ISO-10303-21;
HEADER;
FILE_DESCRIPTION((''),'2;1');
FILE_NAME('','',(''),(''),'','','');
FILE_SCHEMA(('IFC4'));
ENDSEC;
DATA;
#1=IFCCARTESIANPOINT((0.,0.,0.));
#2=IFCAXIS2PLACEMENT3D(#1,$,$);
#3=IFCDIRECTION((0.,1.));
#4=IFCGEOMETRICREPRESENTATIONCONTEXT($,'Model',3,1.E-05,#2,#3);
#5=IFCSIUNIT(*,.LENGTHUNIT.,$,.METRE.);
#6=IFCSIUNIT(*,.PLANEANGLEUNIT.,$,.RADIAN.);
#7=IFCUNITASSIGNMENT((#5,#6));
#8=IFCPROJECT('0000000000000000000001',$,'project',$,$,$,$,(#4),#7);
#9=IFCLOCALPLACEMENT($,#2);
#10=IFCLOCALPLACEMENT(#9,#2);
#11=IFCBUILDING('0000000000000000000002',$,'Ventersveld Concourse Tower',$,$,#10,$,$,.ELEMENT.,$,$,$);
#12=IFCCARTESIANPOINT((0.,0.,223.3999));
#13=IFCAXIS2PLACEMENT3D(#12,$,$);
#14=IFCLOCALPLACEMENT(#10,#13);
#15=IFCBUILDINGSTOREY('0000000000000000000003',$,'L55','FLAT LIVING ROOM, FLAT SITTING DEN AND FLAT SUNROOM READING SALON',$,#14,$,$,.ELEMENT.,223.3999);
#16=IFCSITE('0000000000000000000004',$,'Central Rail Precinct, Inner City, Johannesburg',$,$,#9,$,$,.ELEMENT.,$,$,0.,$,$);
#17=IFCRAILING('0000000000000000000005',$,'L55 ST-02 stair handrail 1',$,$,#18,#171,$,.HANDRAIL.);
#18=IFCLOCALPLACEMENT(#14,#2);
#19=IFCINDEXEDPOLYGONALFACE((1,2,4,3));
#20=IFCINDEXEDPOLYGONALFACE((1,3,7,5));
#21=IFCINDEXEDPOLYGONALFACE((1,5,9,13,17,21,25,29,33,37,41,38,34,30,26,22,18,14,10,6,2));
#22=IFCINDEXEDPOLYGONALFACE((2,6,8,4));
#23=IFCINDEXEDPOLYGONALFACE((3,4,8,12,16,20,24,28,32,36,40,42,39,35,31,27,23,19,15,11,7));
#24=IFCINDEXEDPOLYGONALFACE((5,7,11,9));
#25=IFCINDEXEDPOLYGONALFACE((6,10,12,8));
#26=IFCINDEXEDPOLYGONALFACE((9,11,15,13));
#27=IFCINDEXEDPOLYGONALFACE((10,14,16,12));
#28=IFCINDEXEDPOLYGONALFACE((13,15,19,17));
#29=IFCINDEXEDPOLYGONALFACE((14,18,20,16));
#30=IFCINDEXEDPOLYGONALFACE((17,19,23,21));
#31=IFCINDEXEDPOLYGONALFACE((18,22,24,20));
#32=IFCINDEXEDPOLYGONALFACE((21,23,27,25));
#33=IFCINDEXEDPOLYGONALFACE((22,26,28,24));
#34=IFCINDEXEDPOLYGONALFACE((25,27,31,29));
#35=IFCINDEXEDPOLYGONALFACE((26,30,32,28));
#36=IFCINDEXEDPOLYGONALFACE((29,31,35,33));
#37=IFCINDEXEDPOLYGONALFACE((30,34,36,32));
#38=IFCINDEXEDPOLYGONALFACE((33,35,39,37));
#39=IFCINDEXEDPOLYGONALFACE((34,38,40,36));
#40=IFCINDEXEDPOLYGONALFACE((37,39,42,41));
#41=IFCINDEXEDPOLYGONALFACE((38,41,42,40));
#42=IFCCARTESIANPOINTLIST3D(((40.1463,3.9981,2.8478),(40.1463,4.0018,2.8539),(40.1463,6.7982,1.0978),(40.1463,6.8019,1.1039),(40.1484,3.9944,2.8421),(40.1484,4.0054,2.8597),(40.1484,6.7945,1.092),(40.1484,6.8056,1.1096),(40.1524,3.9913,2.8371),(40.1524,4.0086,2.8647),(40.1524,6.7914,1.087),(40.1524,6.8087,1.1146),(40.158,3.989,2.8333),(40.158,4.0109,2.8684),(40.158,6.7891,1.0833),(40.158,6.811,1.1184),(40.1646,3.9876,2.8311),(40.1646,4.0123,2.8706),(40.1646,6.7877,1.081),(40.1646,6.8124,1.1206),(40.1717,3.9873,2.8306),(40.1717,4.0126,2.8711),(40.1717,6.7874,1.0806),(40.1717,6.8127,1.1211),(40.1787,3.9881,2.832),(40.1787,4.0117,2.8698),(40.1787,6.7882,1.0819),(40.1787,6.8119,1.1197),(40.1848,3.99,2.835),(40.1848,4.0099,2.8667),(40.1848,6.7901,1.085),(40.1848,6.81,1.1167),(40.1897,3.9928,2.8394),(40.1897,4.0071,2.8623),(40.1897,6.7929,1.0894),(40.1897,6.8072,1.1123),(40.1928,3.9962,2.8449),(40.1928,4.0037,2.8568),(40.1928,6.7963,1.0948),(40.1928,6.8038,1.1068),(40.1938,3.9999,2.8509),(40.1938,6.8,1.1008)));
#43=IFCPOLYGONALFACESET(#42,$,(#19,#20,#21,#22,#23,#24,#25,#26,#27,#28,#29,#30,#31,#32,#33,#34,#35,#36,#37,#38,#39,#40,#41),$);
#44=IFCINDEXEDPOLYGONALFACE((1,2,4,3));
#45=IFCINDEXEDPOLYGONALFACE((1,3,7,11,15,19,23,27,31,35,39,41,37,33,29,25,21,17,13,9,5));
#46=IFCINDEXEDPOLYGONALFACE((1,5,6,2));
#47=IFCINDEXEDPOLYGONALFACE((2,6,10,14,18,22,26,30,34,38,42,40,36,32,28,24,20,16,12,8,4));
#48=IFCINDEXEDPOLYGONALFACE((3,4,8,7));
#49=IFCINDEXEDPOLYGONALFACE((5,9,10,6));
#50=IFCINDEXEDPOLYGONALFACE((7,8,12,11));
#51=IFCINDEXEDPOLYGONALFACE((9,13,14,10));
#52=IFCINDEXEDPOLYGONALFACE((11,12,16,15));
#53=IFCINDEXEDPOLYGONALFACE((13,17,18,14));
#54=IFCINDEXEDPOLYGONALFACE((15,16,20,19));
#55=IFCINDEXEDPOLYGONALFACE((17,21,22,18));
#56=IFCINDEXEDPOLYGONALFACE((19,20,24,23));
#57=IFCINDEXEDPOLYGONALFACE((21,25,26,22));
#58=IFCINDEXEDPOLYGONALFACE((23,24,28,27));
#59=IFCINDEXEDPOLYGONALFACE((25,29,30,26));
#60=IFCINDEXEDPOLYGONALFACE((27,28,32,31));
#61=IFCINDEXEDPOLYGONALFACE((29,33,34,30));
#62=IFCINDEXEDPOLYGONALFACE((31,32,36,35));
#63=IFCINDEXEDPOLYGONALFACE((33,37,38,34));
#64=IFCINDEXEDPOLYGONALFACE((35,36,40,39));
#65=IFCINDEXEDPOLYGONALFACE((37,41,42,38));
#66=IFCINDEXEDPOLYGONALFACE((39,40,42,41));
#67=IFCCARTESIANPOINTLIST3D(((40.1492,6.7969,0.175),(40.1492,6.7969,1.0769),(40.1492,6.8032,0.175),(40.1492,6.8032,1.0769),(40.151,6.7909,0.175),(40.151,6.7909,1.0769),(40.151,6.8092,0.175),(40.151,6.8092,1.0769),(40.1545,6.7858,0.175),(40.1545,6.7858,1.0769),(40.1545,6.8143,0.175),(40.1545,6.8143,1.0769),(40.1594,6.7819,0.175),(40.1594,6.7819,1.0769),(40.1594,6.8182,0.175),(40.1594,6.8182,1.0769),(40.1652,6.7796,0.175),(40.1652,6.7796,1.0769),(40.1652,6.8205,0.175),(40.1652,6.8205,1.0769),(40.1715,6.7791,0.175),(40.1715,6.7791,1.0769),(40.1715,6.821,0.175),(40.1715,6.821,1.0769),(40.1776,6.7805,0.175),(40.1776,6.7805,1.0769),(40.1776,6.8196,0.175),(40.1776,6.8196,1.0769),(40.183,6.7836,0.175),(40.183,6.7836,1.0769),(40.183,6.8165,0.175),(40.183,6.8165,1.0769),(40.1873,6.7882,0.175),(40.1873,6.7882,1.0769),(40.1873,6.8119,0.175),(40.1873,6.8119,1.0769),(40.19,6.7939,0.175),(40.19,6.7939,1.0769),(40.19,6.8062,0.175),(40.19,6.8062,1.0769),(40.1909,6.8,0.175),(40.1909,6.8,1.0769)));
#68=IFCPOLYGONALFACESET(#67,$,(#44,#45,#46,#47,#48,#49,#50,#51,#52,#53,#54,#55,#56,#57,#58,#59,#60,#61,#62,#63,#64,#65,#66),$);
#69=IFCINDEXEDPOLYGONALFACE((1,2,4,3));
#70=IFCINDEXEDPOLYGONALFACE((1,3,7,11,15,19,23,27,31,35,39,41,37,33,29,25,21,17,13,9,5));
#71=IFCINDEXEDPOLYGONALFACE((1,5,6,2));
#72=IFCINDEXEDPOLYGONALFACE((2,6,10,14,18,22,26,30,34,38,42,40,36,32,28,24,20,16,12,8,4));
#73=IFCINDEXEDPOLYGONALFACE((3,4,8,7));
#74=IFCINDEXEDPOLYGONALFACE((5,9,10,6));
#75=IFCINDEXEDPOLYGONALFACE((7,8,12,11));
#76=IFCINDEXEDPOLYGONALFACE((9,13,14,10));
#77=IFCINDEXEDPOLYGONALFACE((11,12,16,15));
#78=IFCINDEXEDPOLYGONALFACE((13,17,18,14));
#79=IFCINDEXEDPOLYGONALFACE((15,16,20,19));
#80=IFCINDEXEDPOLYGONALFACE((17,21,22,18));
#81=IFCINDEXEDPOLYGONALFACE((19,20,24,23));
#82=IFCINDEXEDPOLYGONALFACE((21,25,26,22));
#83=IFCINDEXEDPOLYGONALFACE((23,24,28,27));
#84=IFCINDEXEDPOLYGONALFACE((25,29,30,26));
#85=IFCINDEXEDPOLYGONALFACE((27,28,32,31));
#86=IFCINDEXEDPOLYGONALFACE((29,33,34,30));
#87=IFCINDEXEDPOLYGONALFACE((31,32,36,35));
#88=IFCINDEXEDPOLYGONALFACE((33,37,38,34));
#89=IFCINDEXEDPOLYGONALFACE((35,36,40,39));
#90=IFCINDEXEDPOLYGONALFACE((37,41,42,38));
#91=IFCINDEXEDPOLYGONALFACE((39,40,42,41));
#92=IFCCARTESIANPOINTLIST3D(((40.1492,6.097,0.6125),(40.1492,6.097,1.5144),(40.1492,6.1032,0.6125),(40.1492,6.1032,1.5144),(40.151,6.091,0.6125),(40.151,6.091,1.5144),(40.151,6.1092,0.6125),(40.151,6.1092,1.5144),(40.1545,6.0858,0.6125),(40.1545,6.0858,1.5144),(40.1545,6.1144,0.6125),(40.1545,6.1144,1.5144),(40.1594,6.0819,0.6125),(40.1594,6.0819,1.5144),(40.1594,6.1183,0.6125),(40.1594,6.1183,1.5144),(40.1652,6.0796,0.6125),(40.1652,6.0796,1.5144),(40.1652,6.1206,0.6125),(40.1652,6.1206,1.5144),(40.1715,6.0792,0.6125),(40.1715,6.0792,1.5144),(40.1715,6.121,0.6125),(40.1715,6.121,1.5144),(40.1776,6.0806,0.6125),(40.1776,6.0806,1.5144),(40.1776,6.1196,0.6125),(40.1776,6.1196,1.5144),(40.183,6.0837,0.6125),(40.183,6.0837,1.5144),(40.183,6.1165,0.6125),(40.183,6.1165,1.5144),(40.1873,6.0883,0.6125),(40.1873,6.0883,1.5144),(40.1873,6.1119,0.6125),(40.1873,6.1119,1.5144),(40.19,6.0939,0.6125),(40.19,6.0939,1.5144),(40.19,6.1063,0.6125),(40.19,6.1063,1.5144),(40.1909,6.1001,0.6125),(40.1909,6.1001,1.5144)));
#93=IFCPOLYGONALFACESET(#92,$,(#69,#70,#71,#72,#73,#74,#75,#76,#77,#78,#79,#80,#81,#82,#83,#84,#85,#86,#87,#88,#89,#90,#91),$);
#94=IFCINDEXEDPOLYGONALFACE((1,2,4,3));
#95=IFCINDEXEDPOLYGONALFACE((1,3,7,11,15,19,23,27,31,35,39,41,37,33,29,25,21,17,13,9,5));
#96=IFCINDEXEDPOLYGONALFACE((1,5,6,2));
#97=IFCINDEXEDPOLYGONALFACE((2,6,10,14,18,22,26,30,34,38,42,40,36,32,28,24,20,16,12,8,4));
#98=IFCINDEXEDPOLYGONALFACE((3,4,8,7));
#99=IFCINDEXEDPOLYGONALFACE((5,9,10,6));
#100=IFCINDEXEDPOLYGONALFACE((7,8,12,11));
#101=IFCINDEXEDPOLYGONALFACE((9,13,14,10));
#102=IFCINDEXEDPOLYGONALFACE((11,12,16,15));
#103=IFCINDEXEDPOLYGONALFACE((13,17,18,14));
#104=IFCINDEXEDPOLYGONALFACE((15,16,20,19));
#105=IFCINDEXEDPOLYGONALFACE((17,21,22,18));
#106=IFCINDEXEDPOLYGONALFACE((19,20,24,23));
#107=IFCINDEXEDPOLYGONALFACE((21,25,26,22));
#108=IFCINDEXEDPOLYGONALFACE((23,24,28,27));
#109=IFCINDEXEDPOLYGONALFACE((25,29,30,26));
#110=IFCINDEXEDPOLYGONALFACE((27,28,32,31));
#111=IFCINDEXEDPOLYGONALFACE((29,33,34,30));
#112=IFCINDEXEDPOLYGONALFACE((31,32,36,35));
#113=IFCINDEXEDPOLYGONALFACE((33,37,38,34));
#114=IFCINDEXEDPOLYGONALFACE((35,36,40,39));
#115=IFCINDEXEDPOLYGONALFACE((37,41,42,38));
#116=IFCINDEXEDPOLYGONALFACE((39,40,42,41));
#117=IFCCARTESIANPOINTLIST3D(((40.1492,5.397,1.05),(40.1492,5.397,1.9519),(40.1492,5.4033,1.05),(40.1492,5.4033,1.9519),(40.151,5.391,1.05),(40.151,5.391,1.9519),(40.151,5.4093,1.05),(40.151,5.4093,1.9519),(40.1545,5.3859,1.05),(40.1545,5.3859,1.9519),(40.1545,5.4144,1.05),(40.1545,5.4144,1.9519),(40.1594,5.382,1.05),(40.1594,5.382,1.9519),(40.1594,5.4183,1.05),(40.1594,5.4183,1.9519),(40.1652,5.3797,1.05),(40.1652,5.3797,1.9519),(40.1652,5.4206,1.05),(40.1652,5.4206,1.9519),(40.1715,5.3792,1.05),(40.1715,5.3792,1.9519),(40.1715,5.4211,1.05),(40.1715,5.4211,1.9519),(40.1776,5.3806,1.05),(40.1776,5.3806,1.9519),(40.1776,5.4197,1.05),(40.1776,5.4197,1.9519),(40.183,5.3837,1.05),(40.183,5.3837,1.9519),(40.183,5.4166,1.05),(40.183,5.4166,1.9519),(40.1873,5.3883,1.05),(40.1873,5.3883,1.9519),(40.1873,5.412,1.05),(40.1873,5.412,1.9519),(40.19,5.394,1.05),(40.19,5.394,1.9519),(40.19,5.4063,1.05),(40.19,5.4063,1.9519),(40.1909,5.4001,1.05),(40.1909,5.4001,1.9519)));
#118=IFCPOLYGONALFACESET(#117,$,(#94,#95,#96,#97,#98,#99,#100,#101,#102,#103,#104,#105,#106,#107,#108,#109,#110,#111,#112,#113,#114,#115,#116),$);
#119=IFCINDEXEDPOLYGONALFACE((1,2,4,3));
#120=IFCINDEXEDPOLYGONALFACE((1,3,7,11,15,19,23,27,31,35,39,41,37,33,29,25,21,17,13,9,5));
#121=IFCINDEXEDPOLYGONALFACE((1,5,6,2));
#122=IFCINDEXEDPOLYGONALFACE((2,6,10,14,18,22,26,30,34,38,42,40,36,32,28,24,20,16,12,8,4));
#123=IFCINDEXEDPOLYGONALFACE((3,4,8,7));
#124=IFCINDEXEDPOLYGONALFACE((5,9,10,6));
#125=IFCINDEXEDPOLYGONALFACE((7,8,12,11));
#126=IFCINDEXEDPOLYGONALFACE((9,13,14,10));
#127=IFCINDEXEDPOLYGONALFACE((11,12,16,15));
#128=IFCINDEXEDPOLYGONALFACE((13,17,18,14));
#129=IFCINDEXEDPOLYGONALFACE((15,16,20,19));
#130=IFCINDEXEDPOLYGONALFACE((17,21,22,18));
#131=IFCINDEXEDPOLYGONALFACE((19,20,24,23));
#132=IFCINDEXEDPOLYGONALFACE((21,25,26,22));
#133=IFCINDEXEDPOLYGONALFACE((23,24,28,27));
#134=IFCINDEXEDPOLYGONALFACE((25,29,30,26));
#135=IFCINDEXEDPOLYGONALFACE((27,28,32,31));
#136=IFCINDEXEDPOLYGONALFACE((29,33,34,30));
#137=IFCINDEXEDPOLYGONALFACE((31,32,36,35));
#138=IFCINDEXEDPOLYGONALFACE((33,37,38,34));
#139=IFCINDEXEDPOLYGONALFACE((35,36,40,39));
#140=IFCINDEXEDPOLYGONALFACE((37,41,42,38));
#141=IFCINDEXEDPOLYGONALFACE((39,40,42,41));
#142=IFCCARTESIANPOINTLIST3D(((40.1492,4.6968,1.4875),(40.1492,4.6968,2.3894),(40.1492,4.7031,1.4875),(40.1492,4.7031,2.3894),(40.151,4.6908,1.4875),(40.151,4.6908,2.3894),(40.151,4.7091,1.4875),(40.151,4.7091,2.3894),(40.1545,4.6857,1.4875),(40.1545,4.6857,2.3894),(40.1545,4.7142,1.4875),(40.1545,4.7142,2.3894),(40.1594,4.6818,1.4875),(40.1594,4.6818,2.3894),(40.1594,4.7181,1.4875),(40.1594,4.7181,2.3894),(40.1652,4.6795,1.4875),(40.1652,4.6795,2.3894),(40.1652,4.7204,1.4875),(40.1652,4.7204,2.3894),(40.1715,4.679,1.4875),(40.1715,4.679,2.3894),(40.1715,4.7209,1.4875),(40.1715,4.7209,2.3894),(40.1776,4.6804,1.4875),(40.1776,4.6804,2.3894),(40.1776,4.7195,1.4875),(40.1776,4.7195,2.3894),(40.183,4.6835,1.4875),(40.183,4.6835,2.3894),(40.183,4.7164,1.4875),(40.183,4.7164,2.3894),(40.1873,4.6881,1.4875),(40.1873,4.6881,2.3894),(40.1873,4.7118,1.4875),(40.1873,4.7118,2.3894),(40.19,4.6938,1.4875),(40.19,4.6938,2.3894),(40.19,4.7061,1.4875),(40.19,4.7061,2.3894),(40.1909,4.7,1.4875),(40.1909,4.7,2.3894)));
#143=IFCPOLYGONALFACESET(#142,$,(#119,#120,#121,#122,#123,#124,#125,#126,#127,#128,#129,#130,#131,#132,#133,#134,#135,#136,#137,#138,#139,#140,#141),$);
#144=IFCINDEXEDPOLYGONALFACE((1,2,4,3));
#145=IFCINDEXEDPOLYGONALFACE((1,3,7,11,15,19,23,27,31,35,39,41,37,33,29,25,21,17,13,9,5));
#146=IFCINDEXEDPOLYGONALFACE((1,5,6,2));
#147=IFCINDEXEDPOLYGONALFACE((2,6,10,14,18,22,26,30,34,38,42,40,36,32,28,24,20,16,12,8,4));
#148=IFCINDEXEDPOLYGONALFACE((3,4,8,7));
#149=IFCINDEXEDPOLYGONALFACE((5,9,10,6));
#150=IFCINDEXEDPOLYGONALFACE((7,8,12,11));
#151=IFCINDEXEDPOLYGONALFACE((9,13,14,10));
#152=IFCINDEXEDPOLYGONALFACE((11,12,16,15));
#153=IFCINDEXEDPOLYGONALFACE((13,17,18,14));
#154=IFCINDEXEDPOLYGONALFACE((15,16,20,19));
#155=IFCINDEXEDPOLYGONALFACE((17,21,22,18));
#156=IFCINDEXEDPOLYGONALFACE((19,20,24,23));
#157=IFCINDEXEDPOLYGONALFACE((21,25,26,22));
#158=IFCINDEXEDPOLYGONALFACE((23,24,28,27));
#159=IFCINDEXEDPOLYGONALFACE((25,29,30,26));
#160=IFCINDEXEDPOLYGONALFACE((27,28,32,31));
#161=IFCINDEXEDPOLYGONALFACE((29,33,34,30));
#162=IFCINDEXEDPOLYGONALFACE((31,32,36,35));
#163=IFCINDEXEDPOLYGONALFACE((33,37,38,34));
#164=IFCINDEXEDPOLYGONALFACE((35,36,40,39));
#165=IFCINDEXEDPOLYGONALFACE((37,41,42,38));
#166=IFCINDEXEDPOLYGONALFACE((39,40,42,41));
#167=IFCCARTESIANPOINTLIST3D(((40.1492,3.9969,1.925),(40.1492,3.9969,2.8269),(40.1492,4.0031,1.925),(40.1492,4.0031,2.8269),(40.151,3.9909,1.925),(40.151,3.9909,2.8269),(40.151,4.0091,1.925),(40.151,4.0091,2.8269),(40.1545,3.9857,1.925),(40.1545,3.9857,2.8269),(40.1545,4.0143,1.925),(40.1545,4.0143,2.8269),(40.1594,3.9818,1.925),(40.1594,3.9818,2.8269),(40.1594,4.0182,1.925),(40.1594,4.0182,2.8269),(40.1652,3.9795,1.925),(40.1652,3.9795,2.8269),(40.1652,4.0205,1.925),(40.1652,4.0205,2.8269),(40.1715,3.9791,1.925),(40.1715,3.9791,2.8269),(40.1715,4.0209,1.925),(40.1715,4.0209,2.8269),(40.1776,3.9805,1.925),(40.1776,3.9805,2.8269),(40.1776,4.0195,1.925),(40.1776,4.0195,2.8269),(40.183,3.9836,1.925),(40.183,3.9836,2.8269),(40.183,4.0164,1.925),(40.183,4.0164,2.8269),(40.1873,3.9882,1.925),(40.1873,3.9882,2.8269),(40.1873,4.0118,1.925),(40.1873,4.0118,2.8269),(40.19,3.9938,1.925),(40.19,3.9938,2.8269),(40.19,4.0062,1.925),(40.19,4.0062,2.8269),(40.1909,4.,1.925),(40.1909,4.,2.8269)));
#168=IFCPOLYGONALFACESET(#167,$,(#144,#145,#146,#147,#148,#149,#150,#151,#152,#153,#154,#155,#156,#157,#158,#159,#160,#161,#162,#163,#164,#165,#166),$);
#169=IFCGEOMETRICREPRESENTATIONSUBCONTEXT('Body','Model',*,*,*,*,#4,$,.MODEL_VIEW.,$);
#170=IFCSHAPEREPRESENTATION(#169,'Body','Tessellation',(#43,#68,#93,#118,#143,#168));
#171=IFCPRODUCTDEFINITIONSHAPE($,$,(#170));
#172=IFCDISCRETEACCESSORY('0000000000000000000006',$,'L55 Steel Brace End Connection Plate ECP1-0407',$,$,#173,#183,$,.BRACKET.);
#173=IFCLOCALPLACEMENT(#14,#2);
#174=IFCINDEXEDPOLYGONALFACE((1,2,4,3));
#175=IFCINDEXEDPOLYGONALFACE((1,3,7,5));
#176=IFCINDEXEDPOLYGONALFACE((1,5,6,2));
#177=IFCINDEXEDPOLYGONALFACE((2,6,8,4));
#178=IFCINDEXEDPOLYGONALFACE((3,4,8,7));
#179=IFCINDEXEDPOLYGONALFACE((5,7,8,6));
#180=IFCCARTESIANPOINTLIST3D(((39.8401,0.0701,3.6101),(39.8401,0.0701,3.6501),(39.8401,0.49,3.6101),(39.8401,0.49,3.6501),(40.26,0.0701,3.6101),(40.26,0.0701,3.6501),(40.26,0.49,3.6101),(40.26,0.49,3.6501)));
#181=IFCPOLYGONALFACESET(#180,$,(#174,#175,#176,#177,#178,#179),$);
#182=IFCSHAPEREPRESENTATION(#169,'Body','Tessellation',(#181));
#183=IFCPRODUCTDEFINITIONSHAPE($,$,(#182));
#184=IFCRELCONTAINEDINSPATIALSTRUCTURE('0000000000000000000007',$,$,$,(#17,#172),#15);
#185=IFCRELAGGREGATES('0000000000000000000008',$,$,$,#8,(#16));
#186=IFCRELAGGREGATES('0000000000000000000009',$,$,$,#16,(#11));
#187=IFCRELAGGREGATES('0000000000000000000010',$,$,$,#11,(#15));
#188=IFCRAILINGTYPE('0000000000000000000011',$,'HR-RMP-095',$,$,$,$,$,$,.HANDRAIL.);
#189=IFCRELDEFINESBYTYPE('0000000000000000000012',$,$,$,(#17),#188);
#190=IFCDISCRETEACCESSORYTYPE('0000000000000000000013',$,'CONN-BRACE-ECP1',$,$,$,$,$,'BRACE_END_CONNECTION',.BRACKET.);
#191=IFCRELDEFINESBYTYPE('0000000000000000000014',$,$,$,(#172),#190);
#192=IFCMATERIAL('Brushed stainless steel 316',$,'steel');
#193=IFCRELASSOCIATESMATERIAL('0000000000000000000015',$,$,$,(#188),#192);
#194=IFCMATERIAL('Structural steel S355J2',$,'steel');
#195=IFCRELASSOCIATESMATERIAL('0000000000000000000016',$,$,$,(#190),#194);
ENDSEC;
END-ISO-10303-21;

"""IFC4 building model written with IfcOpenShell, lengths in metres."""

from ifc_helpers import new_model, si_unit, direction, frame, origin, origin_2d, place, context, subcontext, project, spatial, rectangle, circle, extrude, material, type_object, element, save


model = new_model("IFC4")

# Units and contexts
model_context = context("Model", 3, precision=1e-05, world=origin(), true_north=direction((0.0, 1.0)))
body_context = subcontext(model_context, "Body", "Model", "MODEL_VIEW")
ifc_project = project(units=[si_unit("LENGTHUNIT", "METRE"), si_unit("PLANEANGLEUNIT", "RADIAN")], contexts=[model_context])

# Site, building, storey
site_placement = place(None, origin())
site = spatial("IfcSite", under=ifc_project, at=site_placement, Name="Central Rail Precinct, Inner City, Johannesburg", CompositionType="ELEMENT", RefElevation=0.0)
building_placement = place(site_placement, origin())
building = spatial("IfcBuilding", under=site, at=building_placement, Name="Ventersveld Concourse Tower", CompositionType="ELEMENT")
storey_placement = place(building_placement, frame((0.0, 0.0, 223.3999)))
storey = spatial("IfcBuildingStorey", under=building, at=storey_placement, Name="L55", Description="FLAT LIVING ROOM, FLAT SITTING DEN AND FLAT SUNROOM READING SALON", CompositionType="ELEMENT", Elevation=223.3999)

# Shared definitions
ifc_material_1 = material(Name="Brushed stainless steel 316", Category="steel")

# Railing
railing_type_1 = type_object("IfcRailingType", Name="HR-RMP-095", PredefinedType="HANDRAIL", material=ifc_material_1)
railing_1_placement = place(storey_placement, frame((40.1699, 6.8, 0.175)))
element("IfcRailing", 1, at=railing_1_placement, inside=storey, type_object=railing_type_1, Name="L55 ST-02 stair handrail 1", PredefinedType="HANDRAIL", context=body_context, shape_type="SweptSolid", body=[
    extrude(circle(Radius=0.0239, at=origin_2d()), frame((0.0, 0.0, 0.9258), z_axis=(0.0, -0.848002, 0.529992), x_axis=(1.0, 0.0, 0.0)), (0.0, 0.0, 1.0), 3.302),
    extrude(circle(Radius=0.021, at=origin_2d()), origin(), (0.0, 0.0, 1.0), 0.9019),
    extrude(circle(Radius=0.021, at=origin_2d()), frame((0.0, -0.7, 0.4375)), (0.0, 0.0, 1.0), 0.9019),
    extrude(circle(Radius=0.021, at=origin_2d()), frame((0.0, -1.3999, 0.875)), (0.0, 0.0, 1.0), 0.9019),
    extrude(circle(Radius=0.021, at=origin_2d()), frame((0.0, -2.1001, 1.3125)), (0.0, 0.0, 1.0), 0.9019),
    extrude(circle(Radius=0.021, at=origin_2d()), frame((0.0, -2.8, 1.75)), (0.0, 0.0, 1.0), 0.9019),
])

# Discrete accessory
ifc_material_2 = material(Name="Structural steel S355J2", Category="steel")
discrete_accessory_type = type_object("IfcDiscreteAccessoryType", Name="CONN-BRACE-ECP1", ElementType="BRACE_END_CONNECTION", PredefinedType="BRACKET", material=ifc_material_2)
discrete_accessory_placement = place(storey_placement, frame((40.05, 0.28, 3.6101), z_axis=(0.0, 0.0, 1.0), x_axis=(1.0, 0.0, 0.0)))
element("IfcDiscreteAccessory", 2, at=discrete_accessory_placement, inside=storey, type_object=discrete_accessory_type, Name="L55 Steel Brace End Connection Plate ECP1-0407", PredefinedType="BRACKET", context=body_context, shape_type="SweptSolid", body=[
    extrude(rectangle(XDim=0.4199, YDim=0.4199, at=origin_2d()), origin(), (0.0, 0.0, 1.0), 0.04),
])

save(model, "model.ifc")
